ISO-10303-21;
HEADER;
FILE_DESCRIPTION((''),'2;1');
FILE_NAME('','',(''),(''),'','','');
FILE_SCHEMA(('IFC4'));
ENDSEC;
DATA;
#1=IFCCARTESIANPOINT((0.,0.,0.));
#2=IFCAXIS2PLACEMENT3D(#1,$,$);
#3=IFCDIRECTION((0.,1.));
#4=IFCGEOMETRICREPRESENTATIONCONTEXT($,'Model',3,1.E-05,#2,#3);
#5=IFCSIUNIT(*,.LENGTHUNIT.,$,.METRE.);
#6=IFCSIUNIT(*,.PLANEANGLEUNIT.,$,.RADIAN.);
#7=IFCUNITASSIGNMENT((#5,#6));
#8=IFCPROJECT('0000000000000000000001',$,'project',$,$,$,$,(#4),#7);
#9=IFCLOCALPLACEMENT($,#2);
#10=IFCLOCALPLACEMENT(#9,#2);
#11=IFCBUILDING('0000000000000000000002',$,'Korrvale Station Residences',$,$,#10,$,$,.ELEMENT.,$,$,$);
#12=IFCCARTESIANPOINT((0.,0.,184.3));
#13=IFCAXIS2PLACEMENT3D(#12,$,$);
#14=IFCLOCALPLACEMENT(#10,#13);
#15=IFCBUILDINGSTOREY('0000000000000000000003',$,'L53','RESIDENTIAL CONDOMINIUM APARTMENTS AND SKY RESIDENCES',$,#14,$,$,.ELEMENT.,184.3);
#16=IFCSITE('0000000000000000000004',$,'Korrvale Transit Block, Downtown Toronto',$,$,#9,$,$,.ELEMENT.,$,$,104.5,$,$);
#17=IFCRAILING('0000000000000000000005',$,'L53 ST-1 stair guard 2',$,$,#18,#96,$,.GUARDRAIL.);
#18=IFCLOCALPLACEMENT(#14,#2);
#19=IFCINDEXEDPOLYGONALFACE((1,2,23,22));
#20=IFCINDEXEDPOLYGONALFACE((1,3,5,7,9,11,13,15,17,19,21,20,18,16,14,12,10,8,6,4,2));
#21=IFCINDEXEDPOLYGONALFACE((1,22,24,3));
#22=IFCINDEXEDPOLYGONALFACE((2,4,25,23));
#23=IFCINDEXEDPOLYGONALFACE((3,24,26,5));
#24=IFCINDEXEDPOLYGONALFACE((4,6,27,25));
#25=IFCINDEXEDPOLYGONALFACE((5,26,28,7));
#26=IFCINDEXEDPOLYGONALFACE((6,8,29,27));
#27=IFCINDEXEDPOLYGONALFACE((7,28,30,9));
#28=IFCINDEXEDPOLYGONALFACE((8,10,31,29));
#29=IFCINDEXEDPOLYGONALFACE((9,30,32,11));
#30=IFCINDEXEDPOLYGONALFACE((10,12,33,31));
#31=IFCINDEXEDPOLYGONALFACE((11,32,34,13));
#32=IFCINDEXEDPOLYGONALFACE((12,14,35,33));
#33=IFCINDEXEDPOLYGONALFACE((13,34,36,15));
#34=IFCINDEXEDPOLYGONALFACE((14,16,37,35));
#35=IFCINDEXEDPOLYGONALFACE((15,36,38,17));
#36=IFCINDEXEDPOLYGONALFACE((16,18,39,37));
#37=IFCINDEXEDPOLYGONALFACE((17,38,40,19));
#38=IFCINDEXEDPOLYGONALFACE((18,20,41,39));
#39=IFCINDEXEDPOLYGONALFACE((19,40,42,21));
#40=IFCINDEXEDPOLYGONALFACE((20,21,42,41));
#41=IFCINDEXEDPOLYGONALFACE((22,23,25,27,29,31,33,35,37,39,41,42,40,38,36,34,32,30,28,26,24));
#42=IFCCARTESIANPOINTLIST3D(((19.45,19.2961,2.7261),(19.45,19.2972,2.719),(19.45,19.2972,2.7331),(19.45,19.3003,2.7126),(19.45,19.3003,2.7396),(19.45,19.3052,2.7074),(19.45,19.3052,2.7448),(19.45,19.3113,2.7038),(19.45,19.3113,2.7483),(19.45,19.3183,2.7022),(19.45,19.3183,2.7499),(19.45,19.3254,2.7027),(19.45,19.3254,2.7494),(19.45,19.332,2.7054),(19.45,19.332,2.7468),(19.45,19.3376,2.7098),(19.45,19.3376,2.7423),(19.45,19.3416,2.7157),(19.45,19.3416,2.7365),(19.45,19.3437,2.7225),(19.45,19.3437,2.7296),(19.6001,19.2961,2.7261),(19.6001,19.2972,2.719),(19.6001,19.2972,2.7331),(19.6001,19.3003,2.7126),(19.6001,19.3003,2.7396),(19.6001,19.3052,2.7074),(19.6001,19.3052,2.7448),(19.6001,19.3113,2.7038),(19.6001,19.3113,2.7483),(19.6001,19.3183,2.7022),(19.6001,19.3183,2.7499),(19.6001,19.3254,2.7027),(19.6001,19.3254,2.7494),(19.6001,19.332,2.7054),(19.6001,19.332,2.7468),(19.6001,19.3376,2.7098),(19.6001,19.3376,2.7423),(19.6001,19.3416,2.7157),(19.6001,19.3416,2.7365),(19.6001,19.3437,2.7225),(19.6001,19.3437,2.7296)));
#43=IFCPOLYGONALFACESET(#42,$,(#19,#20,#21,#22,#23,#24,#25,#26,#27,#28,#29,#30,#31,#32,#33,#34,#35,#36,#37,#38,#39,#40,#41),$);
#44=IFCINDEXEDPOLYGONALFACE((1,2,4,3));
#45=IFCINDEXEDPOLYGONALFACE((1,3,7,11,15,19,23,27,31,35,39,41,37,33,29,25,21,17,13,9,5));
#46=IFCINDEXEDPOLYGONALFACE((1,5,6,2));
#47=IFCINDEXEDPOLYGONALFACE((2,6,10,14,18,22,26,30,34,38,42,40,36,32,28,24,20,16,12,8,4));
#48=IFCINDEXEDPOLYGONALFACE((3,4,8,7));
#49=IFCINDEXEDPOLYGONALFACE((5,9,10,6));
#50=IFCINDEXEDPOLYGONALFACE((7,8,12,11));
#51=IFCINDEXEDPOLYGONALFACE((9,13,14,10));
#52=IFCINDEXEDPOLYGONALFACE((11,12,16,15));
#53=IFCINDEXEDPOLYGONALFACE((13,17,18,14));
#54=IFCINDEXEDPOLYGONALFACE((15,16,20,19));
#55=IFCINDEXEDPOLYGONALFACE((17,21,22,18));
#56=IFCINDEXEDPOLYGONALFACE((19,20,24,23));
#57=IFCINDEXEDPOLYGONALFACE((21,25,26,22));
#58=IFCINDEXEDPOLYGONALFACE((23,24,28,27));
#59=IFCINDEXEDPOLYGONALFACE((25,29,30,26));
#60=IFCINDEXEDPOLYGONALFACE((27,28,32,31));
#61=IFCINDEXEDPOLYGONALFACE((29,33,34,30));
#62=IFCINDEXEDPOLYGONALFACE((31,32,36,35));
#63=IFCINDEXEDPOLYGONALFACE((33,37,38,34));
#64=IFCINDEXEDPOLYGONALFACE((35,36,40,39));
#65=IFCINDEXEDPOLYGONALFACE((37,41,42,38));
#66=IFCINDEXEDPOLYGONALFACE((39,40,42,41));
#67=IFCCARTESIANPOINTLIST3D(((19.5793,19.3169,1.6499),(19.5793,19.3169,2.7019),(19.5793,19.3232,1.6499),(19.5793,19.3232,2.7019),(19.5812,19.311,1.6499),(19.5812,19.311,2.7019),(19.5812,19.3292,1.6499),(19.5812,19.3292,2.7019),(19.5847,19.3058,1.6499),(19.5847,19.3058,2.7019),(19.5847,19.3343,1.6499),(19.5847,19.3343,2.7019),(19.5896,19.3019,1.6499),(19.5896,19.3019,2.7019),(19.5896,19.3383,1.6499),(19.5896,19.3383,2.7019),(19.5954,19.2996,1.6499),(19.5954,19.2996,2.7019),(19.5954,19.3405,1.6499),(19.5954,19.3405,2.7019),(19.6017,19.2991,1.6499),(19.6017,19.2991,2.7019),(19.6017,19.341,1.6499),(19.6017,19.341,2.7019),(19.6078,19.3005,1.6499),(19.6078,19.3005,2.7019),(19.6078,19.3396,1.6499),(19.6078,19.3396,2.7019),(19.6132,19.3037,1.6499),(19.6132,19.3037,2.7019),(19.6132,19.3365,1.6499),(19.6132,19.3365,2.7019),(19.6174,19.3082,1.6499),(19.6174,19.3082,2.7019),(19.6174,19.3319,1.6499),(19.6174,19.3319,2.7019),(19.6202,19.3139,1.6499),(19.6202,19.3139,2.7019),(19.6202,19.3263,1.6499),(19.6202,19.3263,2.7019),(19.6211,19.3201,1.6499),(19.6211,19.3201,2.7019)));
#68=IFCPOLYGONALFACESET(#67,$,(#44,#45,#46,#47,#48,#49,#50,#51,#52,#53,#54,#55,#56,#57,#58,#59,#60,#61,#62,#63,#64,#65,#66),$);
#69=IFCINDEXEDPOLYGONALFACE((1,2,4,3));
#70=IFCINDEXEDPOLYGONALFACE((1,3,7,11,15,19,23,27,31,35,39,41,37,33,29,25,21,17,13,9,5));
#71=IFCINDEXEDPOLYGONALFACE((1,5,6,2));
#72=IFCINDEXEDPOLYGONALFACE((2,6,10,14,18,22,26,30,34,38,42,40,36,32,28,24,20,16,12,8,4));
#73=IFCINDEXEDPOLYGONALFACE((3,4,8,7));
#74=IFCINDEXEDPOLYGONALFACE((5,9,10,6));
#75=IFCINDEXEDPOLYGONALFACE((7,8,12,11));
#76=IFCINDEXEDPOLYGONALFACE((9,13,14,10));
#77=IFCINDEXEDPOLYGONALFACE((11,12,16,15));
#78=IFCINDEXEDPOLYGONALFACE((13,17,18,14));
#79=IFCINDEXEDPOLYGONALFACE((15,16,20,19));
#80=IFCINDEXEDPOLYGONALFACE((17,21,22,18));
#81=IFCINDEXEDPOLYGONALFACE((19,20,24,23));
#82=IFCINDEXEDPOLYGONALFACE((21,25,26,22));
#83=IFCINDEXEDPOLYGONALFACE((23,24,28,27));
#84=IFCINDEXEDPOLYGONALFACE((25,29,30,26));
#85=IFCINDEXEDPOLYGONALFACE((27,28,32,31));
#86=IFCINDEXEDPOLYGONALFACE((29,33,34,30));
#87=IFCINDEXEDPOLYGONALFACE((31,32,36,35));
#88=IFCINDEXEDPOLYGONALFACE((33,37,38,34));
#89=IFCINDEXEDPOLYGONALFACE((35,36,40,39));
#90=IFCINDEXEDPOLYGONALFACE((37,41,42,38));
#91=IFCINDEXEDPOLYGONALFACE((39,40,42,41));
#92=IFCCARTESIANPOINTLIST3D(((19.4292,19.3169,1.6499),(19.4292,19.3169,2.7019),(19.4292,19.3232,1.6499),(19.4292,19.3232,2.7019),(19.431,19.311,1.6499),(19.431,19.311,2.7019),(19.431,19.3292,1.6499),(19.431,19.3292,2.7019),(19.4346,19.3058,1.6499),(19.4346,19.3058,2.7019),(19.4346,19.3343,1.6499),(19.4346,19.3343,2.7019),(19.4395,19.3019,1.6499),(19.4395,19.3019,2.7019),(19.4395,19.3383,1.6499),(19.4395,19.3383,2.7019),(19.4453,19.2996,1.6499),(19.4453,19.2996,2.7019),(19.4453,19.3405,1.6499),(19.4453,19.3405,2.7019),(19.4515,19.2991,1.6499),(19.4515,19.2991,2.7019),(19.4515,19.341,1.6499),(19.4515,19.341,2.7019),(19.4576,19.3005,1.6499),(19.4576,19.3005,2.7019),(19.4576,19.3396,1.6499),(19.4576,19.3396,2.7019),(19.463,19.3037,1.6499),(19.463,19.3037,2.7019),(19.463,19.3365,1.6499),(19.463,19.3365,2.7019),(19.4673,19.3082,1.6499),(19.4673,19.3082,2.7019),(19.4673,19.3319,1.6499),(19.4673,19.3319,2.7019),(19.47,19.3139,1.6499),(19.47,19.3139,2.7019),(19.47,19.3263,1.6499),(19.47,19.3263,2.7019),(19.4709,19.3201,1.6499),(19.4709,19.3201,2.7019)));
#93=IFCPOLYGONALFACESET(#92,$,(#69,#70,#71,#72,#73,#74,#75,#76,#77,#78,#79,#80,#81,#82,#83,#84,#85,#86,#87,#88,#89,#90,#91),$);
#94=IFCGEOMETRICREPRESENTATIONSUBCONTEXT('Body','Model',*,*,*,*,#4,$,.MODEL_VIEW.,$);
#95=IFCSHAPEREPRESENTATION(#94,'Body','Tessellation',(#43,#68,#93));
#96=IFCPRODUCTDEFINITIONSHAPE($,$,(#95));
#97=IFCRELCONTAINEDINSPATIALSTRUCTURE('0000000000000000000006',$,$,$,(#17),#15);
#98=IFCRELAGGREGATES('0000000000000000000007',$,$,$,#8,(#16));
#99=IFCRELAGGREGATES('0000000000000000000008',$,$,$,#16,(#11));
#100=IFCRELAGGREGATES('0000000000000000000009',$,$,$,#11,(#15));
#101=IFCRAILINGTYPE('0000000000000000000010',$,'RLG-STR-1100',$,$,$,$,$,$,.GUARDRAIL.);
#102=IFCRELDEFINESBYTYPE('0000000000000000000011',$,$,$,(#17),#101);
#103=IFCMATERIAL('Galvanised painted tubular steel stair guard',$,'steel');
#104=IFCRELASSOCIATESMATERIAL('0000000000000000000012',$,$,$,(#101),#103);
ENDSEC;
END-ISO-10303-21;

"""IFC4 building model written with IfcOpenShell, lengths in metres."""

from ifc_helpers import new_model, si_unit, direction, frame, origin, origin_2d, place, context, subcontext, project, spatial, circle, extrude, material, type_object, element, save


model = new_model("IFC4")

# Units and contexts
model_context = context("Model", 3, precision=1e-05, world=origin(), true_north=direction((0.0, 1.0)))
body_context = subcontext(model_context, "Body", "Model", "MODEL_VIEW")
ifc_project = project(units=[si_unit("LENGTHUNIT", "METRE"), si_unit("PLANEANGLEUNIT", "RADIAN")], contexts=[model_context])

# Site, building, storey
site_placement = place(None, origin())
site = spatial("IfcSite", under=ifc_project, at=site_placement, Name="Korrvale Transit Block, Downtown Toronto", CompositionType="ELEMENT", RefElevation=104.5)
building_placement = place(site_placement, origin())
building = spatial("IfcBuilding", under=site, at=building_placement, Name="Korrvale Station Residences", CompositionType="ELEMENT")
storey_placement = place(building_placement, frame((0.0, 0.0, 184.3)))
storey = spatial("IfcBuildingStorey", under=building, at=storey_placement, Name="L53", Description="RESIDENTIAL CONDOMINIUM APARTMENTS AND SKY RESIDENCES", CompositionType="ELEMENT", Elevation=184.3)

# Railing
ifc_material_1 = material(Name="Galvanised painted tubular steel stair guard", Category="steel")
railing_type_1 = type_object("IfcRailingType", Name="RLG-STR-1100", PredefinedType="GUARDRAIL", material=ifc_material_1)
railing_1_placement = place(storey_placement, frame((19.6001, 19.3201, 1.6499)))
element("IfcRailing", 1, at=railing_1_placement, inside=storey, type_object=railing_type_1, Name="L53 ST-1 stair guard 2", PredefinedType="GUARDRAIL", context=body_context, shape_type="SweptSolid", body=[
    extrude(circle(Radius=0.0239, at=origin_2d()), frame((0.0, 0.0, 1.0762), z_axis=(-1.0, 0.0, 0.0), x_axis=(0.0, -1.0, 0.0)), (0.0, 0.0, 1.0), 0.1501),
    extrude(circle(Radius=0.021, at=origin_2d()), origin(), (0.0, 0.0, 1.0), 1.052),
    extrude(circle(Radius=0.021, at=origin_2d()), frame((-0.1501, 0.0, 0.0)), (0.0, 0.0, 1.0), 1.052),
])

save(model, "model.ifc")
